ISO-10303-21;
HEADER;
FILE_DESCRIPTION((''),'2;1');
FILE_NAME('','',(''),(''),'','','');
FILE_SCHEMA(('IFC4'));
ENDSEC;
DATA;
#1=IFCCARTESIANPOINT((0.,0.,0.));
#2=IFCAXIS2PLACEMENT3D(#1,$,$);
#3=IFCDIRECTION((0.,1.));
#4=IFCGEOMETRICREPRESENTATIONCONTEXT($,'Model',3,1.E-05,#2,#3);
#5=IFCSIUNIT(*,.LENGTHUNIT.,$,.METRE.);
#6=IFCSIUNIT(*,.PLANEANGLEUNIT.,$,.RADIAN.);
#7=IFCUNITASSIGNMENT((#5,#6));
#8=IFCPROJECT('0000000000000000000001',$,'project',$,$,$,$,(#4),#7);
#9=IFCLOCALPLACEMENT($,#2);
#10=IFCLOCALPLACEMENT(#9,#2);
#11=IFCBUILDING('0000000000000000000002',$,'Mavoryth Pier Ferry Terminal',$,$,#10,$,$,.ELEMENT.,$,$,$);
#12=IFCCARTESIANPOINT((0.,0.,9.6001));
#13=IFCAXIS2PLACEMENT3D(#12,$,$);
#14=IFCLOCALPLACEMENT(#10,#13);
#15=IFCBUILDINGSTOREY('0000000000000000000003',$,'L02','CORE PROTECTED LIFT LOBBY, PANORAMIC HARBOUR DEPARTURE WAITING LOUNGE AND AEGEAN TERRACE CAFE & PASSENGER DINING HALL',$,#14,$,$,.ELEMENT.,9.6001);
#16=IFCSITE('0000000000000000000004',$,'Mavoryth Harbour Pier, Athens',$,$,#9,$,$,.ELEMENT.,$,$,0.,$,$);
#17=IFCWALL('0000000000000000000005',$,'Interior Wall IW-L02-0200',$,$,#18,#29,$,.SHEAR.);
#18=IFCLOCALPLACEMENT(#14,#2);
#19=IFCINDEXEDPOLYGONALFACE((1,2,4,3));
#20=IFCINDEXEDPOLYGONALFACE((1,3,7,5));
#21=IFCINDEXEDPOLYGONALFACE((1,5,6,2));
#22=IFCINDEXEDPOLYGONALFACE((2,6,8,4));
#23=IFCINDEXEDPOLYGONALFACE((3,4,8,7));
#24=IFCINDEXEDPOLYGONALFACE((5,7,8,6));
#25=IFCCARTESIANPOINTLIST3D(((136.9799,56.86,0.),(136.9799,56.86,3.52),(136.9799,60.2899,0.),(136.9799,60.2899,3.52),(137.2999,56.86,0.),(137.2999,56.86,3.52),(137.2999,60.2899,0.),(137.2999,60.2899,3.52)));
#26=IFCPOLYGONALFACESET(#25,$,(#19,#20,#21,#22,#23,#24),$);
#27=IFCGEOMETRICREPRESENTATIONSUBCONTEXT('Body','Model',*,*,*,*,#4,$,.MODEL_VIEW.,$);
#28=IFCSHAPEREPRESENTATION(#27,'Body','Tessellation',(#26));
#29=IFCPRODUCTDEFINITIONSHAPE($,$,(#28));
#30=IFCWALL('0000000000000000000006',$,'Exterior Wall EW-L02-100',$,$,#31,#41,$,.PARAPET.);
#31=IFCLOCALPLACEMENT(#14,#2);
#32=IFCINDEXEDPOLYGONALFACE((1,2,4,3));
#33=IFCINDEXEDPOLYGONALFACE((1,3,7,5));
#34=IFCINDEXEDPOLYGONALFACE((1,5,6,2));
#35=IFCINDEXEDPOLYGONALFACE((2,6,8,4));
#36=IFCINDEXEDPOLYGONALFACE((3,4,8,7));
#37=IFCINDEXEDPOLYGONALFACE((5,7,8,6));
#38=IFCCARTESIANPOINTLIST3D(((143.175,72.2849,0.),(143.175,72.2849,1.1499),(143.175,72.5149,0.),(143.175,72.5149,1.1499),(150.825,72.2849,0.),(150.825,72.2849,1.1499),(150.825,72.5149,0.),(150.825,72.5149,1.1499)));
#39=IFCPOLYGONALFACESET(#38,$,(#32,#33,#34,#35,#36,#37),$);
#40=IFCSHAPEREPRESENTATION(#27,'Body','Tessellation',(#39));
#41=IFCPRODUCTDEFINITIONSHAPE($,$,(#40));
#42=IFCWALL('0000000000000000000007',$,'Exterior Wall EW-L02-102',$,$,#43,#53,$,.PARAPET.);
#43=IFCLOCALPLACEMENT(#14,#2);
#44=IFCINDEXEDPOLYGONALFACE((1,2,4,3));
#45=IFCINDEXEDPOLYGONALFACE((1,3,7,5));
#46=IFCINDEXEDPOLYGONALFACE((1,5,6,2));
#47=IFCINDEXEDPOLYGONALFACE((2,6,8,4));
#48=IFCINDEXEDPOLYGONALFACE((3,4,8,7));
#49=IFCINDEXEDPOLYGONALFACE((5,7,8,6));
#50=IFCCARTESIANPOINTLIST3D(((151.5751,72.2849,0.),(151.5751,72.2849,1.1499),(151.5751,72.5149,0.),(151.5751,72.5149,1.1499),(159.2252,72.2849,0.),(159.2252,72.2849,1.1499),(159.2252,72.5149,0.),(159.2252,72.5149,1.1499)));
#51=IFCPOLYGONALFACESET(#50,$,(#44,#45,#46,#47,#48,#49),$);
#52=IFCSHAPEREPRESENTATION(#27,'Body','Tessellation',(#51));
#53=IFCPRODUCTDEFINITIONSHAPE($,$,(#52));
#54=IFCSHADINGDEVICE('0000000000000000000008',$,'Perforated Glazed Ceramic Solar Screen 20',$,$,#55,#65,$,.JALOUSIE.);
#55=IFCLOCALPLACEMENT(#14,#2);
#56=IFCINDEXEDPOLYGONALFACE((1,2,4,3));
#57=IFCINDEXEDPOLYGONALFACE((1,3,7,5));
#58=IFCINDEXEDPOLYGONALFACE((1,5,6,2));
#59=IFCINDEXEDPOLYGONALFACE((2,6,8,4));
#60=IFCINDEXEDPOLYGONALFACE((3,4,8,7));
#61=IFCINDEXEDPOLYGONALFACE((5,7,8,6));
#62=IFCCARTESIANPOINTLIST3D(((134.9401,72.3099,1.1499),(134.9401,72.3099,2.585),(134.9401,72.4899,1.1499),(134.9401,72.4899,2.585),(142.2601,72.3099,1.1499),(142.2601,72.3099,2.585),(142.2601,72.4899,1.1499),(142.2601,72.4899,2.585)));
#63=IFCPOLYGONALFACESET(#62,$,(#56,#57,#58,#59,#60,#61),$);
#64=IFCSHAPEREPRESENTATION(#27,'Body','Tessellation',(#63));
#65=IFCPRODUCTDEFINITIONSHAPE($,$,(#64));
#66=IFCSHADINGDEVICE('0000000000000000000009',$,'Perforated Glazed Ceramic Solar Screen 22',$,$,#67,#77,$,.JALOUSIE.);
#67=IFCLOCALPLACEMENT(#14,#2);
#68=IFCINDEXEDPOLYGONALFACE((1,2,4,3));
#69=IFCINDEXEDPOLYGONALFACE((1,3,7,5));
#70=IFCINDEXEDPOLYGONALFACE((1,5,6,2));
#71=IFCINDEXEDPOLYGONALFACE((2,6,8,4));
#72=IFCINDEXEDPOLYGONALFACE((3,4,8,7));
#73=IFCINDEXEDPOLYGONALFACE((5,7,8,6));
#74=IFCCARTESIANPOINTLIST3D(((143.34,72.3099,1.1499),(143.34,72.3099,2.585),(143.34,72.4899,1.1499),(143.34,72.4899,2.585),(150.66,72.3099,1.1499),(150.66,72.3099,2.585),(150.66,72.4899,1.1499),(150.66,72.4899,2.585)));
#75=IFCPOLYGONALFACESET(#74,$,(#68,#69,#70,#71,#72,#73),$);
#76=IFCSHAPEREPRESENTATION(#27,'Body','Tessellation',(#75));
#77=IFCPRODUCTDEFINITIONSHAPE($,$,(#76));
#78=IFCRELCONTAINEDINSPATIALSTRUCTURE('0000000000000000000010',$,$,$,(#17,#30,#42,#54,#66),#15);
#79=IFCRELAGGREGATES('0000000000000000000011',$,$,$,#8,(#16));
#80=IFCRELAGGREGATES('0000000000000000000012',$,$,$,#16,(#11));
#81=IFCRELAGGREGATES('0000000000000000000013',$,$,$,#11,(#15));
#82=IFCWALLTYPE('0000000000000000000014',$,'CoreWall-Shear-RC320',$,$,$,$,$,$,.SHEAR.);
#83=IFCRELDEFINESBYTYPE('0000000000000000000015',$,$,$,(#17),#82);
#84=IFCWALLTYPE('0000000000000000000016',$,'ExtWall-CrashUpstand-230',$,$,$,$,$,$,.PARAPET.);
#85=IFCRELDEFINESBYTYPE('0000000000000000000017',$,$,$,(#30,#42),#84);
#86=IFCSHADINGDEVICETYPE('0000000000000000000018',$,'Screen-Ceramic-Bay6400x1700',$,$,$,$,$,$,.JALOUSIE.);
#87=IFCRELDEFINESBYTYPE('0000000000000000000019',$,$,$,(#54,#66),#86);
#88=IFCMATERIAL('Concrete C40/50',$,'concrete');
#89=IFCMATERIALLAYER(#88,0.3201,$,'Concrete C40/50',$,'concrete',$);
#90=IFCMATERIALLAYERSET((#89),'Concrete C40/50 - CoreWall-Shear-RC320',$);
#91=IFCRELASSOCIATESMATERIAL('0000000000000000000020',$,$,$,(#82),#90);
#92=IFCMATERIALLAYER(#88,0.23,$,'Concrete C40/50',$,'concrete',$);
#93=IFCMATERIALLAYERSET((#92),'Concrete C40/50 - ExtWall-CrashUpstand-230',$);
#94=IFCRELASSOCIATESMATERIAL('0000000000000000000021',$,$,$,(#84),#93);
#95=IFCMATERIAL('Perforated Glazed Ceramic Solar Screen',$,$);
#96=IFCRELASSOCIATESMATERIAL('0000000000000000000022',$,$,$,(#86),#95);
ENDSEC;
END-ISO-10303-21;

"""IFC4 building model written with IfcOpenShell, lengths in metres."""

from ifc_helpers import new_model, si_unit, direction, frame, frame_2d, origin, origin_2d, place, context, subcontext, project, spatial, rectangle, extrude, material, layer, layer_set, type_object, element, save


model = new_model("IFC4")

# Units and contexts
model_context = context("Model", 3, precision=1e-05, world=origin(), true_north=direction((0.0, 1.0)))
body_context = subcontext(model_context, "Body", "Model", "MODEL_VIEW")
ifc_project = project(units=[si_unit("LENGTHUNIT", "METRE"), si_unit("PLANEANGLEUNIT", "RADIAN")], contexts=[model_context])

# Site, building, storey
site_placement = place(None, origin())
site = spatial("IfcSite", under=ifc_project, at=site_placement, Name="Mavoryth Harbour Pier, Athens", CompositionType="ELEMENT", RefElevation=0.0)
building_placement = place(site_placement, origin())
building = spatial("IfcBuilding", under=site, at=building_placement, Name="Mavoryth Pier Ferry Terminal", CompositionType="ELEMENT")
storey_placement = place(building_placement, frame((0.0, 0.0, 9.6001)))
storey = spatial("IfcBuildingStorey", under=building, at=storey_placement, Name="L02", Description="CORE PROTECTED LIFT LOBBY, PANORAMIC HARBOUR DEPARTURE WAITING LOUNGE AND AEGEAN TERRACE CAFE & PASSENGER DINING HALL", CompositionType="ELEMENT", Elevation=9.6001)

# Shared definitions
ifc_material_1 = material(Name="Concrete C40/50", Category="concrete")

# Walls
ifc_layer_1 = layer(ifc_material_1, 0.3201, Name="Concrete C40/50", Category="concrete")
ifc_layer_set_1 = layer_set([ifc_layer_1], Name="Concrete C40/50 - CoreWall-Shear-RC320")
wall_type_1 = type_object("IfcWallType", Name="CoreWall-Shear-RC320", PredefinedType="SHEAR", material=ifc_layer_set_1)
wall_1_placement = place(storey_placement, frame((137.1399, 56.8601, 0.0), z_axis=(0.0, 0.0, 1.0), x_axis=(0.0, 1.0, 0.0)))
element("IfcWall", 1, at=wall_1_placement, inside=storey, type_object=wall_type_1, Name="Interior Wall IW-L02-0200", PredefinedType="SHEAR", context=body_context, shape_type="SweptSolid", body=[
    extrude(rectangle(XDim=3.4299, YDim=0.3201, at=frame_2d((1.7148, 0.0))), origin(), (0.0, 0.0, 1.0), 3.52),
])
ifc_layer_2 = layer(ifc_material_1, 0.23, Name="Concrete C40/50", Category="concrete")
ifc_layer_set_2 = layer_set([ifc_layer_2], Name="Concrete C40/50 - ExtWall-CrashUpstand-230")
wall_type_2 = type_object("IfcWallType", Name="ExtWall-CrashUpstand-230", PredefinedType="PARAPET", material=ifc_layer_set_2)
wall_2_placement = place(storey_placement, frame((143.175, 72.3999, 0.0), z_axis=(0.0, 0.0, 1.0), x_axis=(1.0, 0.0, 0.0)))
element("IfcWall", 2, at=wall_2_placement, inside=storey, type_object=wall_type_2, Name="Exterior Wall EW-L02-100", PredefinedType="PARAPET", context=body_context, shape_type="SweptSolid", body=[
    extrude(rectangle(XDim=7.6499, YDim=0.23, at=frame_2d((3.825, 0.0))), origin(), (0.0, 0.0, 1.0), 1.1499),
])
wall_3_placement = place(storey_placement, frame((151.575, 72.3999, 0.0), z_axis=(0.0, 0.0, 1.0), x_axis=(1.0, 0.0, 0.0)))
element("IfcWall", 3, at=wall_3_placement, inside=storey, type_object=wall_type_2, Name="Exterior Wall EW-L02-102", PredefinedType="PARAPET", context=body_context, shape_type="SweptSolid", body=[
    extrude(rectangle(XDim=7.6501, YDim=0.23, at=frame_2d((3.8252, 0.0))), origin(), (0.0, 0.0, 1.0), 1.1499),
])

# Shading devices
ifc_material_2 = material(Name="Perforated Glazed Ceramic Solar Screen")
shading_device_type = type_object("IfcShadingDeviceType", Name="Screen-Ceramic-Bay6400x1700", PredefinedType="JALOUSIE", material=ifc_material_2)
for number, where, z_axis, x_axis, name in (
    (4, (138.6001, 72.3999, 1.1499), (0.0, 0.0, 1.0), (1.0, 0.0, 0.0), "Perforated Glazed Ceramic Solar Screen 20"),
    (5, (147.0, 72.3999, 1.1499), (0.0, 0.0, 1.0), (1.0, 0.0, 0.0), "Perforated Glazed Ceramic Solar Screen 22"),
):
    element("IfcShadingDevice", number, at=place(storey_placement, frame(where, z_axis=z_axis, x_axis=x_axis)), inside=storey, type_object=shading_device_type, Name=name, PredefinedType="JALOUSIE", context=body_context, shape_type="SweptSolid", body=[
        extrude(rectangle(XDim=7.3201, YDim=0.1799, at=origin_2d()), origin(), (0.0, 0.0, 1.0), 1.4351),
    ])

save(model, "model.ifc")
